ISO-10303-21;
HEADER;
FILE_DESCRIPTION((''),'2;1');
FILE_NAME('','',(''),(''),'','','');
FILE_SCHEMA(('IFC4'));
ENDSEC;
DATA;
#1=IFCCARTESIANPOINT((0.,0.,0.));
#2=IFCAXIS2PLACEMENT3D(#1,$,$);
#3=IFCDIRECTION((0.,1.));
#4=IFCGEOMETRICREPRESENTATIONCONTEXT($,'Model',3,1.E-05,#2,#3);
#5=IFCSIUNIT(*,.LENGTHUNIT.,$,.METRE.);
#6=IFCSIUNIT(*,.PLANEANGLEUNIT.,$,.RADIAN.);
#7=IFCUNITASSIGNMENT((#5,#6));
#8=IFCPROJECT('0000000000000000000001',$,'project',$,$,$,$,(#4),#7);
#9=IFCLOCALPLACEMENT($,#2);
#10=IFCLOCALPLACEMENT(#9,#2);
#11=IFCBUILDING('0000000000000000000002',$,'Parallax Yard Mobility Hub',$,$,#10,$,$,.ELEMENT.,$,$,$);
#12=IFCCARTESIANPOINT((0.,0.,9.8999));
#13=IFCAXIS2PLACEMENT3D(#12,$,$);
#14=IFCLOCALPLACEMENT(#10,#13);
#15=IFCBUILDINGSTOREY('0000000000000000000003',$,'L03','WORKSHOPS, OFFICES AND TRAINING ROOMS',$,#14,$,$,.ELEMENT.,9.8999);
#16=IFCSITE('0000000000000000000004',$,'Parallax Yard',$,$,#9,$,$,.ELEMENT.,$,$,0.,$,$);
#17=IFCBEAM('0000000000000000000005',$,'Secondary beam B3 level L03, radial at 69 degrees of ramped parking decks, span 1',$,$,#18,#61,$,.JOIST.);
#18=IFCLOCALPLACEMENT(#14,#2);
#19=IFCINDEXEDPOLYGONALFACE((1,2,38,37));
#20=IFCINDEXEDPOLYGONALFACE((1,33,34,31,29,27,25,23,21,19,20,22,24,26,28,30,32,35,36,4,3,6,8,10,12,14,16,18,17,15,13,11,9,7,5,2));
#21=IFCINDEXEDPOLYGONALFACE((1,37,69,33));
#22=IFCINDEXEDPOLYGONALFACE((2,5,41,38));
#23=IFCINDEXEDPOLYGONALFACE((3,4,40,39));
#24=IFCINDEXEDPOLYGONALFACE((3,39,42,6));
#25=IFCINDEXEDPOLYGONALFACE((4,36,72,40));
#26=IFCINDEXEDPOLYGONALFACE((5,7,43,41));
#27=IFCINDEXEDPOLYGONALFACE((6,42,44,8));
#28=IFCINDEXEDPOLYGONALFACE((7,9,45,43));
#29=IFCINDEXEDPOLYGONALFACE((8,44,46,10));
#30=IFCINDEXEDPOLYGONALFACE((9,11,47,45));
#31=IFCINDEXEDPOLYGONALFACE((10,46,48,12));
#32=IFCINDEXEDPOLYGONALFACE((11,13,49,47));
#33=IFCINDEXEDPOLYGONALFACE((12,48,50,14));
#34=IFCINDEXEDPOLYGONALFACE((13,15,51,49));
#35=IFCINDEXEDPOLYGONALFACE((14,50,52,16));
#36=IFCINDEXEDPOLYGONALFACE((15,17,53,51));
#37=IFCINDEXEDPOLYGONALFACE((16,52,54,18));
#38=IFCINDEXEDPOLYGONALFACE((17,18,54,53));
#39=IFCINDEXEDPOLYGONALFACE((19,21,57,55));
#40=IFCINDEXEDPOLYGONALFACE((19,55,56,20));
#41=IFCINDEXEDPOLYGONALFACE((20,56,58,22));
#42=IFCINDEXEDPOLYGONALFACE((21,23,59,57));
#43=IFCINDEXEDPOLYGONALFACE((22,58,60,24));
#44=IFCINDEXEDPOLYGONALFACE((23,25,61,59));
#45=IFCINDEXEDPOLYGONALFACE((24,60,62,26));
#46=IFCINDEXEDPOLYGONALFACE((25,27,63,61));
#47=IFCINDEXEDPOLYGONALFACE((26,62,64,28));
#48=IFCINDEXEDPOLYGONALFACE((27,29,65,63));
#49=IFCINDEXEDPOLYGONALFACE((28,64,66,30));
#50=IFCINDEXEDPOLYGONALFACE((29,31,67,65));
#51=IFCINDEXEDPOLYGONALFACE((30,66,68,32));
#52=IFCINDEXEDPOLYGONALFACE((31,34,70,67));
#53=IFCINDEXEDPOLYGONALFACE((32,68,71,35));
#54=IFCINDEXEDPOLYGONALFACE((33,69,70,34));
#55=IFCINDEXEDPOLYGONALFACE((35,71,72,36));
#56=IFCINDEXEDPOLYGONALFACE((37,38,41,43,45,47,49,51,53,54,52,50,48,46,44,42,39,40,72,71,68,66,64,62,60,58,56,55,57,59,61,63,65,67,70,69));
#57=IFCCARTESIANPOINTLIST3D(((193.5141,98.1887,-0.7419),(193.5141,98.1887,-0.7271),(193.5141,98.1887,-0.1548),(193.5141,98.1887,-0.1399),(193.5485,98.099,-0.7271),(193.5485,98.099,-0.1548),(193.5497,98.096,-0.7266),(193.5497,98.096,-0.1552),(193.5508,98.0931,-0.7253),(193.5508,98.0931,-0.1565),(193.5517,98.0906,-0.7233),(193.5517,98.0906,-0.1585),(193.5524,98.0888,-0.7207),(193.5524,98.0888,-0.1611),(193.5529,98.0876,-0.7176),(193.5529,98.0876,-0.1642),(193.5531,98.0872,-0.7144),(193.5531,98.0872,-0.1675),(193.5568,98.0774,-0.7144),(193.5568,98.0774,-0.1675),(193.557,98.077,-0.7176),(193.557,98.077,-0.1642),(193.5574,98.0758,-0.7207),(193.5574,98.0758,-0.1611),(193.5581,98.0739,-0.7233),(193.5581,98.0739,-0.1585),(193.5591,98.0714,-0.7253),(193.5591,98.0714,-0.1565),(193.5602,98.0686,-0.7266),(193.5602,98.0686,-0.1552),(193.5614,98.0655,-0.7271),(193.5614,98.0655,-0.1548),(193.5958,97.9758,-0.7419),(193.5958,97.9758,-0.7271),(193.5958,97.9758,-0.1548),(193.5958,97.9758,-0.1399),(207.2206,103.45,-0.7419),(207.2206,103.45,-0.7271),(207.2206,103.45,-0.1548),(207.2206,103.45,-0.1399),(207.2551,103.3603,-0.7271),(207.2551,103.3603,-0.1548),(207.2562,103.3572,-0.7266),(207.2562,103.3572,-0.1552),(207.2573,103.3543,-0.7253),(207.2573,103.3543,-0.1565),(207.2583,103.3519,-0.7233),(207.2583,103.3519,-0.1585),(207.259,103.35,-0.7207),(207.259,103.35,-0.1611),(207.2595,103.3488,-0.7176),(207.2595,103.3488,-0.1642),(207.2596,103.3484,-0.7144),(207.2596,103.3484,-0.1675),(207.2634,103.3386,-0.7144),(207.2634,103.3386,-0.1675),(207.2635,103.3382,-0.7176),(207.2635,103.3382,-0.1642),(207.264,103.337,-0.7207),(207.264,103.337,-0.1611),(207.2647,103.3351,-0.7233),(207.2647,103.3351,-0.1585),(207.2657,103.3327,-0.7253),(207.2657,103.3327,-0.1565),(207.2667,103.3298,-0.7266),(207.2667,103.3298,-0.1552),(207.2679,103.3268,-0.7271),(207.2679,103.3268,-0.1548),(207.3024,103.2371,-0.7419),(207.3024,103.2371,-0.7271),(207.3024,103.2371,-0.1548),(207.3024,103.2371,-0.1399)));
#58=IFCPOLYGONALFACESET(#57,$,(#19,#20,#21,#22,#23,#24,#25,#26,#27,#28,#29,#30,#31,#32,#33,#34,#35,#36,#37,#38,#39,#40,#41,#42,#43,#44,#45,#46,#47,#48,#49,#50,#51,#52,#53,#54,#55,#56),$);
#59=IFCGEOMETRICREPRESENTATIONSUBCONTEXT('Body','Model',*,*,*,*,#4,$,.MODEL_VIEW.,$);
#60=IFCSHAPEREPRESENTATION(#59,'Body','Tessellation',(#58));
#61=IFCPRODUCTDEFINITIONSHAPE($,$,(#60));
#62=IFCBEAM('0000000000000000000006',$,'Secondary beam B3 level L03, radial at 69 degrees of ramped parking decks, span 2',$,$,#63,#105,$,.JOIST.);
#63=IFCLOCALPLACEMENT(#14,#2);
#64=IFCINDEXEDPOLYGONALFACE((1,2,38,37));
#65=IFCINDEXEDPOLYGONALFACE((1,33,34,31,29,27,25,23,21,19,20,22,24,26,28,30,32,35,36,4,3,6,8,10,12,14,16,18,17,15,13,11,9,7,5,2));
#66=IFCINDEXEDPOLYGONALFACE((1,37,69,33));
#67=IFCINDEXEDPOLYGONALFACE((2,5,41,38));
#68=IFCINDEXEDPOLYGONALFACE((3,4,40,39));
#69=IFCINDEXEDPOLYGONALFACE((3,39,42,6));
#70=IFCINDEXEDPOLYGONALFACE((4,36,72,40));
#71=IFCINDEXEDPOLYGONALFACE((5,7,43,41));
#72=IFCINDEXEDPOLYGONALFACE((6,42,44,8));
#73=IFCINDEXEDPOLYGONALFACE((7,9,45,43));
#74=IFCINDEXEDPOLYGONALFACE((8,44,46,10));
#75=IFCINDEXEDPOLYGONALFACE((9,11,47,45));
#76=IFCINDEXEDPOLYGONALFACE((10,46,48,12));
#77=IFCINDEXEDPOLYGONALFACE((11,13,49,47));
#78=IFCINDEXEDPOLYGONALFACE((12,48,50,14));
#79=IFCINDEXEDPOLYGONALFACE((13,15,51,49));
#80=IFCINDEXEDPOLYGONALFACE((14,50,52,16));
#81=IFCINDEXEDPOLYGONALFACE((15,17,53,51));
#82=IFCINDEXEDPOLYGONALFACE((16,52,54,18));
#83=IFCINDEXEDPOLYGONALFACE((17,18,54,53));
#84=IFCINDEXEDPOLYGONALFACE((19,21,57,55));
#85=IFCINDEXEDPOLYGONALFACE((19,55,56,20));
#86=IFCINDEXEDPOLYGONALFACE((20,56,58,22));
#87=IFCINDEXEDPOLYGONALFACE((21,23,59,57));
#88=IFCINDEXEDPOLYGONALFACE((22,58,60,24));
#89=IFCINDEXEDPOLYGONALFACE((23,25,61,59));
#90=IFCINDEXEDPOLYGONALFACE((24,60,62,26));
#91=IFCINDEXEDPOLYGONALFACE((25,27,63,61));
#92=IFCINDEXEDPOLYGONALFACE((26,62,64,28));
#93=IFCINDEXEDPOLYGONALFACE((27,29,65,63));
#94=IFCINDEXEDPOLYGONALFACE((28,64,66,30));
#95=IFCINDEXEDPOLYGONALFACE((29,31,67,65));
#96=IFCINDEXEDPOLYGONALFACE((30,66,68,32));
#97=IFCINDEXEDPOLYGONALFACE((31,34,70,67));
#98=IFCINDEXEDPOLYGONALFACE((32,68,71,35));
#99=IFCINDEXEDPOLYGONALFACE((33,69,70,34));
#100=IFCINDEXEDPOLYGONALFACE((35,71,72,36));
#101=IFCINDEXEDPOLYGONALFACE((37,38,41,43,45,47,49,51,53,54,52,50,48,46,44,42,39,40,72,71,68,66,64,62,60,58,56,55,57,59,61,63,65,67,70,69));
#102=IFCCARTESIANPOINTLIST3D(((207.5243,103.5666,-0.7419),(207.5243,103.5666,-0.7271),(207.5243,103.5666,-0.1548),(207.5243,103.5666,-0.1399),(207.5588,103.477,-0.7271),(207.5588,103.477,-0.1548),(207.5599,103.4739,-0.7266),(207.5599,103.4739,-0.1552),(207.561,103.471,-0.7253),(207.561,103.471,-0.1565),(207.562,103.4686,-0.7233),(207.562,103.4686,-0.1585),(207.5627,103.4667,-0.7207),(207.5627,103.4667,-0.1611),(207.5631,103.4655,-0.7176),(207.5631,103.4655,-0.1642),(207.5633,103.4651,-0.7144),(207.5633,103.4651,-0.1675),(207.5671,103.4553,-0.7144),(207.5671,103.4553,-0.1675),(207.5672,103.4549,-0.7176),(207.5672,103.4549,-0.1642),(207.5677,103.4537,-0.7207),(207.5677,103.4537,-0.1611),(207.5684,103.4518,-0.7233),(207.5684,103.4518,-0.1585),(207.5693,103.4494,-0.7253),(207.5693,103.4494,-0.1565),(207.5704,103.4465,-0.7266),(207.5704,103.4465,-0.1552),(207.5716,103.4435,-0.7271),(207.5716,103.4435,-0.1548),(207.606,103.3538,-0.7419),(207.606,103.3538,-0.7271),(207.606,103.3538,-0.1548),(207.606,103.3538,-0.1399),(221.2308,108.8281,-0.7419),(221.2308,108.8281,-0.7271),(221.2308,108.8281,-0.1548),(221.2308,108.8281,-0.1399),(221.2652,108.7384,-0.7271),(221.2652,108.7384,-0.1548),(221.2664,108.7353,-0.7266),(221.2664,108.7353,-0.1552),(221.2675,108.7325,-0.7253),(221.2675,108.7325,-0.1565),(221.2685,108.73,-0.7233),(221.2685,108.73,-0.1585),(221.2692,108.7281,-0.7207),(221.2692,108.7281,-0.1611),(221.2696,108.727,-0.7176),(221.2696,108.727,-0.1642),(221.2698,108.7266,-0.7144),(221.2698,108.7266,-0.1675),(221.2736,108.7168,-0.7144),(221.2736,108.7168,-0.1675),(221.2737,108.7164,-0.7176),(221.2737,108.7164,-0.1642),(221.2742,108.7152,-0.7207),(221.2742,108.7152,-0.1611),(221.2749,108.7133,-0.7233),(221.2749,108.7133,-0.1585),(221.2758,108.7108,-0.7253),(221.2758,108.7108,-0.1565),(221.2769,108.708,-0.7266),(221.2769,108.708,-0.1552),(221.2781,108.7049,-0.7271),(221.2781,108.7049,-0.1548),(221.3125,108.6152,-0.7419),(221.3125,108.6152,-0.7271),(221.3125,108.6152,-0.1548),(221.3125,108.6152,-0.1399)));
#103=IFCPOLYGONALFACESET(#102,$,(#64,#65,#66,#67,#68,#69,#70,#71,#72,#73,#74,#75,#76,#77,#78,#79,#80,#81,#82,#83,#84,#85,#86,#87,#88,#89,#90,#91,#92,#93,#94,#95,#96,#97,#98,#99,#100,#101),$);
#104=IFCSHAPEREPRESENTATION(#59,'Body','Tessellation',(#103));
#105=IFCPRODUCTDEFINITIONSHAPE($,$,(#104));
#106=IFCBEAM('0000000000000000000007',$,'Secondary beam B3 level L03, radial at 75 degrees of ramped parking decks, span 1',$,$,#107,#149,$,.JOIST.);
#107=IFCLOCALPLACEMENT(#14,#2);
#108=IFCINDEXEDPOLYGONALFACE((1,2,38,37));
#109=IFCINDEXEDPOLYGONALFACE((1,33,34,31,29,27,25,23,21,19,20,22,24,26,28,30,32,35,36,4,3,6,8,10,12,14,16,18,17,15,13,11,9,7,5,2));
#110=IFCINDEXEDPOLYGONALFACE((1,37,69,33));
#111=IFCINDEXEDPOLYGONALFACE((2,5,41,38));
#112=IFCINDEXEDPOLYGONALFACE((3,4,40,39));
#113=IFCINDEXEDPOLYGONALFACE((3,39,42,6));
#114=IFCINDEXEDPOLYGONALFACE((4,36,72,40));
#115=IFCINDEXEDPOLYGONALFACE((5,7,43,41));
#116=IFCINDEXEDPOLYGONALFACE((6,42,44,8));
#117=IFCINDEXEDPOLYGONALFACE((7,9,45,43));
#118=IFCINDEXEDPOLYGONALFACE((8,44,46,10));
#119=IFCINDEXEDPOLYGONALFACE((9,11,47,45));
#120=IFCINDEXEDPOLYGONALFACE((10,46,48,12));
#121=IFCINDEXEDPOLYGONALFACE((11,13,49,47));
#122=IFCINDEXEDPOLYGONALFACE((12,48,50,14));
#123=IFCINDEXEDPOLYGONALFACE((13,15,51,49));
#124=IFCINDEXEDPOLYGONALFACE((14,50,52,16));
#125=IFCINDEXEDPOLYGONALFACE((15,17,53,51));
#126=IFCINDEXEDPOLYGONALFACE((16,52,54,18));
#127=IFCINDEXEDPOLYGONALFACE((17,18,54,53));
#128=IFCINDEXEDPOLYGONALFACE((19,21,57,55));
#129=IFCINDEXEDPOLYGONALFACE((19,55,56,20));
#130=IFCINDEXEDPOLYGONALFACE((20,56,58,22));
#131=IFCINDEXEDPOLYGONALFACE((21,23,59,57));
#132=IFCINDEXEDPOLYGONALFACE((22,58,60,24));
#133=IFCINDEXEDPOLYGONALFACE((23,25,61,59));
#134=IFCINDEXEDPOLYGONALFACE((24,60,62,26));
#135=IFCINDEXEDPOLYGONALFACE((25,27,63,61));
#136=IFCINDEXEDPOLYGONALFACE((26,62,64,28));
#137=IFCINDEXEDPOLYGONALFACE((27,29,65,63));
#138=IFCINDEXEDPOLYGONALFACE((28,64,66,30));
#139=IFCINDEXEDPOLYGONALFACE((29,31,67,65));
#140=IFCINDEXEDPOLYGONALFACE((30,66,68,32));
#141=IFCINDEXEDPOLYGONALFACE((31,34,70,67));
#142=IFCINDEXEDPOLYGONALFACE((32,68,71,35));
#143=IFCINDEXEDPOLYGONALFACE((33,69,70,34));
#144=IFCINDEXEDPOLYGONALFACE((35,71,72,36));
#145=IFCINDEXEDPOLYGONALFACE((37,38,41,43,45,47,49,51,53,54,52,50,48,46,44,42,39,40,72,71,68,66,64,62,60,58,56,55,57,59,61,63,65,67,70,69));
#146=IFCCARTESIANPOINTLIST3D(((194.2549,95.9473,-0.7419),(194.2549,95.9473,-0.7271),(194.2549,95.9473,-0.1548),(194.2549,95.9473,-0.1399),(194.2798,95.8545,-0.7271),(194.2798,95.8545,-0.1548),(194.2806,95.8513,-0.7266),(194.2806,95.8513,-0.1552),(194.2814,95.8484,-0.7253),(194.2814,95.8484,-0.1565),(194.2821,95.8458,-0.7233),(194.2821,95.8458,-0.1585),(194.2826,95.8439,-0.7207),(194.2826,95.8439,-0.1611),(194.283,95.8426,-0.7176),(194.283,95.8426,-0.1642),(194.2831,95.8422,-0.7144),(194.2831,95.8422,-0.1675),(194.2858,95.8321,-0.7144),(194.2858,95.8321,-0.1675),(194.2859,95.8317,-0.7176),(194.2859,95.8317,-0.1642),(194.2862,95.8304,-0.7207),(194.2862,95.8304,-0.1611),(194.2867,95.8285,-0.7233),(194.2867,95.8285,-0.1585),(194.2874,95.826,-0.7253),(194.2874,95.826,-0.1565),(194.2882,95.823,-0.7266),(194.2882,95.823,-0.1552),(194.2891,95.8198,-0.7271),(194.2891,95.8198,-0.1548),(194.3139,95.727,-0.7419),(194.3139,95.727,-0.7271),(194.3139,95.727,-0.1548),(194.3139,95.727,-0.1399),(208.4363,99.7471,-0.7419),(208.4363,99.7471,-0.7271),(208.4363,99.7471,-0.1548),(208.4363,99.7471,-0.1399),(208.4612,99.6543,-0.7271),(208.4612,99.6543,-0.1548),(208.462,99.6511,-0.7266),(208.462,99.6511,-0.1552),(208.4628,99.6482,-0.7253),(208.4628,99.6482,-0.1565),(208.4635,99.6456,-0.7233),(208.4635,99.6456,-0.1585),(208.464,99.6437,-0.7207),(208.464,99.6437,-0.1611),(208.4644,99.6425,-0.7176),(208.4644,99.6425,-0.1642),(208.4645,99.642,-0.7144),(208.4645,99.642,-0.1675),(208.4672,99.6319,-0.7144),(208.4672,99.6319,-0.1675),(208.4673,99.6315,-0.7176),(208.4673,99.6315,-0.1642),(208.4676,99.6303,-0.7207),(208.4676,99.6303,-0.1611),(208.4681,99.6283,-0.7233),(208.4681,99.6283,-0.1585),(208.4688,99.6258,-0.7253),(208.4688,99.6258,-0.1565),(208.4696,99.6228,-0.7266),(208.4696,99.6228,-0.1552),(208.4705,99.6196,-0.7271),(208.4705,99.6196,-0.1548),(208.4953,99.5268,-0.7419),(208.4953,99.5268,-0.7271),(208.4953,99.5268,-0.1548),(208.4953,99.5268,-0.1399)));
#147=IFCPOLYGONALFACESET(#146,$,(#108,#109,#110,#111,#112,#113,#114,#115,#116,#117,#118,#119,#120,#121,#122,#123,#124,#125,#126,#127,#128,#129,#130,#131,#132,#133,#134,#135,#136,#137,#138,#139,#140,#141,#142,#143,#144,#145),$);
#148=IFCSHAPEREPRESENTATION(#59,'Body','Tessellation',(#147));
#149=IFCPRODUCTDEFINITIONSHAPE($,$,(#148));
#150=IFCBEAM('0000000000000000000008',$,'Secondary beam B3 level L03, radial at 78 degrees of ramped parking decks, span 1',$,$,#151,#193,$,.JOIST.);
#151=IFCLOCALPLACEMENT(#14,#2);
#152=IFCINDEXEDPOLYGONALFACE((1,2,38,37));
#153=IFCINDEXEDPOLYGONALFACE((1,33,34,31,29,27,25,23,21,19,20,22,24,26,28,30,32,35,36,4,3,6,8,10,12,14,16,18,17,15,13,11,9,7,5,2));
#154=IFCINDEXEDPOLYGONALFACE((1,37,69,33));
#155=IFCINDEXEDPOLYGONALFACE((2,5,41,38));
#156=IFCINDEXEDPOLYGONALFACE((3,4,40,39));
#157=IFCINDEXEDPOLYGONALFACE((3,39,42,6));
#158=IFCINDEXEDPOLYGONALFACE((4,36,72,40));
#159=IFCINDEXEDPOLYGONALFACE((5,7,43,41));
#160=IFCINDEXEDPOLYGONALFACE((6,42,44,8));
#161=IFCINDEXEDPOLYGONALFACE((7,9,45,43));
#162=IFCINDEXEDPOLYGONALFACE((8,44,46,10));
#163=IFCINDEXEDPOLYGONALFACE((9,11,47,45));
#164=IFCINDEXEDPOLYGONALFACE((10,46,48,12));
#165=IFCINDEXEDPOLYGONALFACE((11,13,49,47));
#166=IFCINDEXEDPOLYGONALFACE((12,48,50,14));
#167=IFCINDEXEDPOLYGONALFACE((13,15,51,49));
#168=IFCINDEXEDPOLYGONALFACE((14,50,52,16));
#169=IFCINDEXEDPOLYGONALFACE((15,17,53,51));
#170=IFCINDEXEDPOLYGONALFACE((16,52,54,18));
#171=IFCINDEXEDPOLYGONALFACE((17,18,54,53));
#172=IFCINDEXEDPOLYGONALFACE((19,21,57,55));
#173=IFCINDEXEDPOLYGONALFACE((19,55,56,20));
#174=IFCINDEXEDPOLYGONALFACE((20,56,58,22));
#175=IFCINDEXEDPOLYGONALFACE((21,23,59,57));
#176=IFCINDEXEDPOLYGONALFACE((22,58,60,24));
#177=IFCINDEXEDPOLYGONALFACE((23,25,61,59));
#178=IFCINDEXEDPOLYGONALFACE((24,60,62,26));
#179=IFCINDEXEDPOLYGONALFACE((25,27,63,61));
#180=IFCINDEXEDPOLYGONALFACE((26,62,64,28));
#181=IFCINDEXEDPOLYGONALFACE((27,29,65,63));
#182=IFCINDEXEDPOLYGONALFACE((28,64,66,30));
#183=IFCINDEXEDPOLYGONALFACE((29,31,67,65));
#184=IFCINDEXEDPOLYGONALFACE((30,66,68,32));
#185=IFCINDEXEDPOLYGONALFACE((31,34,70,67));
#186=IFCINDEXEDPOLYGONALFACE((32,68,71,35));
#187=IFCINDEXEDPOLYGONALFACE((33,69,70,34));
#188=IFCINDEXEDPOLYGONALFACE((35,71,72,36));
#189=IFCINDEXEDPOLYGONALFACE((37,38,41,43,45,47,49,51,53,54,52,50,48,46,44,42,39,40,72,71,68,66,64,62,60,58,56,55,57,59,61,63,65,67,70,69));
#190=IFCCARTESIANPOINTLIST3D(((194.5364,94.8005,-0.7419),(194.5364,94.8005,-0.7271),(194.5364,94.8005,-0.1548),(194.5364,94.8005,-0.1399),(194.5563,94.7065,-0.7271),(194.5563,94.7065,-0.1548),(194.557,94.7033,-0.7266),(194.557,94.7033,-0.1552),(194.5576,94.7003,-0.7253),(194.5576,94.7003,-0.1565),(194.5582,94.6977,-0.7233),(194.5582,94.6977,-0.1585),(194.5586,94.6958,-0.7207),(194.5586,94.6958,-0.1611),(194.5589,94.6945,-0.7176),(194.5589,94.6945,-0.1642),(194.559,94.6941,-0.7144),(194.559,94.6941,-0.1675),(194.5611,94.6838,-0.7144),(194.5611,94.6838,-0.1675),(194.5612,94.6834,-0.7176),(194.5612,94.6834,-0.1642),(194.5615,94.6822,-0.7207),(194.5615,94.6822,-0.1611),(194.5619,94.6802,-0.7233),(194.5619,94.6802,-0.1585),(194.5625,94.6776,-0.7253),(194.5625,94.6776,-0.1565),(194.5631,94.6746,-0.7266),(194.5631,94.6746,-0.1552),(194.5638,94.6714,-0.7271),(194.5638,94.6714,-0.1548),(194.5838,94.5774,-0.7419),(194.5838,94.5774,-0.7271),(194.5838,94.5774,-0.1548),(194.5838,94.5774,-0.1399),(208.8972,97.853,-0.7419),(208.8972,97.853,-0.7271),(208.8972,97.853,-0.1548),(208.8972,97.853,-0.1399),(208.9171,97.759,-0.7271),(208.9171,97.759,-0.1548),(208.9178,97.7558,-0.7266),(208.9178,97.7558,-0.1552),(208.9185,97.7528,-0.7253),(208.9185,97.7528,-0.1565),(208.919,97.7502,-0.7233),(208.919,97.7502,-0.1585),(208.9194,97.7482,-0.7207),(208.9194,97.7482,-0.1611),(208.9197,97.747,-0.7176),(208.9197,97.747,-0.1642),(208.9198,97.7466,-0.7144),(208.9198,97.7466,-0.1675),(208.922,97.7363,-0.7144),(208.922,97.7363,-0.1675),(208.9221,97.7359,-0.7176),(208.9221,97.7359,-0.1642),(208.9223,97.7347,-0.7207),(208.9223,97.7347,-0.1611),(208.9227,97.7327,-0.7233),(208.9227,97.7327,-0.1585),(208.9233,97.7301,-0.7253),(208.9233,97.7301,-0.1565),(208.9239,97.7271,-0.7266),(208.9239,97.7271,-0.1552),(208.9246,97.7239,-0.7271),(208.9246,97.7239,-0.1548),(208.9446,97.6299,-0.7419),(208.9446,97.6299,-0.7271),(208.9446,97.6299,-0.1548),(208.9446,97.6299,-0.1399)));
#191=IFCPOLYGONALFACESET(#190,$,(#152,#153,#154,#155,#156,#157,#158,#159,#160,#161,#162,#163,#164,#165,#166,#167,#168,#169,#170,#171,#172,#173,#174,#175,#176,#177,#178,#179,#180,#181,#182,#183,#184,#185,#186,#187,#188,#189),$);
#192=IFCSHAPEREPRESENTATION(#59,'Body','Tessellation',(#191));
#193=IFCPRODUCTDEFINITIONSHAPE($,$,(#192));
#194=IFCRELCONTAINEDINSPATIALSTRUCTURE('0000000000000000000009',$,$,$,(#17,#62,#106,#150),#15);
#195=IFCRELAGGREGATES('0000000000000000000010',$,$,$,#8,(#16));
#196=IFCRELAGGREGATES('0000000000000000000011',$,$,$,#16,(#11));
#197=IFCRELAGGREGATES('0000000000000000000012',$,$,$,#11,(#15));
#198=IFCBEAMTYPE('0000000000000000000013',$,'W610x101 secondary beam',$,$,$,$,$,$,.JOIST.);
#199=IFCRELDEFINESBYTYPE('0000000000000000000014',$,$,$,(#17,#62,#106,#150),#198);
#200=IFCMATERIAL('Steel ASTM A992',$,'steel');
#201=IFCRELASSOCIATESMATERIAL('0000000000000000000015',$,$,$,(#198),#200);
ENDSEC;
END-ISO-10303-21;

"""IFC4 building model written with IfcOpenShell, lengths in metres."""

from ifc_helpers import new_model, si_unit, direction, frame, origin, origin_2d, place, context, subcontext, project, spatial, i_section, extrude, material, material_profile, profile_set, type_object, element, save


model = new_model("IFC4")

# Units and contexts
model_context = context("Model", 3, precision=1e-05, world=origin(), true_north=direction((0.0, 1.0)))
body_context = subcontext(model_context, "Body", "Model", "MODEL_VIEW")
ifc_project = project(units=[si_unit("LENGTHUNIT", "METRE"), si_unit("PLANEANGLEUNIT", "RADIAN")], contexts=[model_context])

# Site, building, storey
site_placement = place(None, origin())
site = spatial("IfcSite", under=ifc_project, at=site_placement, Name="Parallax Yard", CompositionType="ELEMENT", RefElevation=0.0)
building_placement = place(site_placement, origin())
building = spatial("IfcBuilding", under=site, at=building_placement, Name="Parallax Yard Mobility Hub", CompositionType="ELEMENT")
storey_placement = place(building_placement, frame((0.0, 0.0, 9.8999)))
storey = spatial("IfcBuildingStorey", under=building, at=storey_placement, Name="L03", Description="WORKSHOPS, OFFICES AND TRAINING ROOMS", CompositionType="ELEMENT", Elevation=9.8999)

# Shared definitions
ifc_material_1 = material(Name="Steel ASTM A992", Category="steel")

# Beams
ifc_material_profile_1 = material_profile(ifc_material_1, i_section(OverallWidth=0.228, OverallDepth=0.6021, WebThickness=0.0105, FlangeThickness=0.0149, FilletRadius=0.0127, at=origin_2d()), Name="W610x101")
ifc_profile_set_1 = profile_set([ifc_material_profile_1], Name="Steel ASTM A992")
beam_type_1 = type_object("IfcBeamType", Name="W610x101 secondary beam", PredefinedType="JOIST", material=ifc_profile_set_1)
for number, where, z_axis, x_axis, name in (
    (1, (193.5549, 98.0823, -0.4409), (0.933585, 0.358355, 0.0), (-0.358355, 0.933585, 0.0), "Secondary beam B3 level L03, radial at 69 degrees of ramped parking decks, span 1"),
    (2, (207.5652, 103.4602, -0.4409), (0.93358, 0.358369, 0.0), (-0.358369, 0.93358, 0.0), "Secondary beam B3 level L03, radial at 69 degrees of ramped parking decks, span 2"),
    (3, (194.2844, 95.8372, -0.4409), (0.965927, 0.258813, 0.0), (-0.258813, 0.965927, 0.0), "Secondary beam B3 level L03, radial at 75 degrees of ramped parking decks, span 1"),
    (4, (194.5601, 94.689, -0.4409), (0.978148, 0.207912, 0.0), (-0.207912, 0.978148, 0.0), "Secondary beam B3 level L03, radial at 78 degrees of ramped parking decks, span 1"),
):
    element("IfcBeam", number, at=place(storey_placement, frame(where, z_axis=z_axis, x_axis=x_axis)), inside=storey, type_object=beam_type_1, Name=name, PredefinedType="JOIST", context=body_context, shape_type="SweptSolid", body=[
        extrude(i_section(OverallWidth=0.228, OverallDepth=0.6021, WebThickness=0.0105, FlangeThickness=0.0149, FilletRadius=0.0127, at=origin_2d()), origin(), (0.0, 0.0, 1.0), 14.6816),
    ])

save(model, "model.ifc")
